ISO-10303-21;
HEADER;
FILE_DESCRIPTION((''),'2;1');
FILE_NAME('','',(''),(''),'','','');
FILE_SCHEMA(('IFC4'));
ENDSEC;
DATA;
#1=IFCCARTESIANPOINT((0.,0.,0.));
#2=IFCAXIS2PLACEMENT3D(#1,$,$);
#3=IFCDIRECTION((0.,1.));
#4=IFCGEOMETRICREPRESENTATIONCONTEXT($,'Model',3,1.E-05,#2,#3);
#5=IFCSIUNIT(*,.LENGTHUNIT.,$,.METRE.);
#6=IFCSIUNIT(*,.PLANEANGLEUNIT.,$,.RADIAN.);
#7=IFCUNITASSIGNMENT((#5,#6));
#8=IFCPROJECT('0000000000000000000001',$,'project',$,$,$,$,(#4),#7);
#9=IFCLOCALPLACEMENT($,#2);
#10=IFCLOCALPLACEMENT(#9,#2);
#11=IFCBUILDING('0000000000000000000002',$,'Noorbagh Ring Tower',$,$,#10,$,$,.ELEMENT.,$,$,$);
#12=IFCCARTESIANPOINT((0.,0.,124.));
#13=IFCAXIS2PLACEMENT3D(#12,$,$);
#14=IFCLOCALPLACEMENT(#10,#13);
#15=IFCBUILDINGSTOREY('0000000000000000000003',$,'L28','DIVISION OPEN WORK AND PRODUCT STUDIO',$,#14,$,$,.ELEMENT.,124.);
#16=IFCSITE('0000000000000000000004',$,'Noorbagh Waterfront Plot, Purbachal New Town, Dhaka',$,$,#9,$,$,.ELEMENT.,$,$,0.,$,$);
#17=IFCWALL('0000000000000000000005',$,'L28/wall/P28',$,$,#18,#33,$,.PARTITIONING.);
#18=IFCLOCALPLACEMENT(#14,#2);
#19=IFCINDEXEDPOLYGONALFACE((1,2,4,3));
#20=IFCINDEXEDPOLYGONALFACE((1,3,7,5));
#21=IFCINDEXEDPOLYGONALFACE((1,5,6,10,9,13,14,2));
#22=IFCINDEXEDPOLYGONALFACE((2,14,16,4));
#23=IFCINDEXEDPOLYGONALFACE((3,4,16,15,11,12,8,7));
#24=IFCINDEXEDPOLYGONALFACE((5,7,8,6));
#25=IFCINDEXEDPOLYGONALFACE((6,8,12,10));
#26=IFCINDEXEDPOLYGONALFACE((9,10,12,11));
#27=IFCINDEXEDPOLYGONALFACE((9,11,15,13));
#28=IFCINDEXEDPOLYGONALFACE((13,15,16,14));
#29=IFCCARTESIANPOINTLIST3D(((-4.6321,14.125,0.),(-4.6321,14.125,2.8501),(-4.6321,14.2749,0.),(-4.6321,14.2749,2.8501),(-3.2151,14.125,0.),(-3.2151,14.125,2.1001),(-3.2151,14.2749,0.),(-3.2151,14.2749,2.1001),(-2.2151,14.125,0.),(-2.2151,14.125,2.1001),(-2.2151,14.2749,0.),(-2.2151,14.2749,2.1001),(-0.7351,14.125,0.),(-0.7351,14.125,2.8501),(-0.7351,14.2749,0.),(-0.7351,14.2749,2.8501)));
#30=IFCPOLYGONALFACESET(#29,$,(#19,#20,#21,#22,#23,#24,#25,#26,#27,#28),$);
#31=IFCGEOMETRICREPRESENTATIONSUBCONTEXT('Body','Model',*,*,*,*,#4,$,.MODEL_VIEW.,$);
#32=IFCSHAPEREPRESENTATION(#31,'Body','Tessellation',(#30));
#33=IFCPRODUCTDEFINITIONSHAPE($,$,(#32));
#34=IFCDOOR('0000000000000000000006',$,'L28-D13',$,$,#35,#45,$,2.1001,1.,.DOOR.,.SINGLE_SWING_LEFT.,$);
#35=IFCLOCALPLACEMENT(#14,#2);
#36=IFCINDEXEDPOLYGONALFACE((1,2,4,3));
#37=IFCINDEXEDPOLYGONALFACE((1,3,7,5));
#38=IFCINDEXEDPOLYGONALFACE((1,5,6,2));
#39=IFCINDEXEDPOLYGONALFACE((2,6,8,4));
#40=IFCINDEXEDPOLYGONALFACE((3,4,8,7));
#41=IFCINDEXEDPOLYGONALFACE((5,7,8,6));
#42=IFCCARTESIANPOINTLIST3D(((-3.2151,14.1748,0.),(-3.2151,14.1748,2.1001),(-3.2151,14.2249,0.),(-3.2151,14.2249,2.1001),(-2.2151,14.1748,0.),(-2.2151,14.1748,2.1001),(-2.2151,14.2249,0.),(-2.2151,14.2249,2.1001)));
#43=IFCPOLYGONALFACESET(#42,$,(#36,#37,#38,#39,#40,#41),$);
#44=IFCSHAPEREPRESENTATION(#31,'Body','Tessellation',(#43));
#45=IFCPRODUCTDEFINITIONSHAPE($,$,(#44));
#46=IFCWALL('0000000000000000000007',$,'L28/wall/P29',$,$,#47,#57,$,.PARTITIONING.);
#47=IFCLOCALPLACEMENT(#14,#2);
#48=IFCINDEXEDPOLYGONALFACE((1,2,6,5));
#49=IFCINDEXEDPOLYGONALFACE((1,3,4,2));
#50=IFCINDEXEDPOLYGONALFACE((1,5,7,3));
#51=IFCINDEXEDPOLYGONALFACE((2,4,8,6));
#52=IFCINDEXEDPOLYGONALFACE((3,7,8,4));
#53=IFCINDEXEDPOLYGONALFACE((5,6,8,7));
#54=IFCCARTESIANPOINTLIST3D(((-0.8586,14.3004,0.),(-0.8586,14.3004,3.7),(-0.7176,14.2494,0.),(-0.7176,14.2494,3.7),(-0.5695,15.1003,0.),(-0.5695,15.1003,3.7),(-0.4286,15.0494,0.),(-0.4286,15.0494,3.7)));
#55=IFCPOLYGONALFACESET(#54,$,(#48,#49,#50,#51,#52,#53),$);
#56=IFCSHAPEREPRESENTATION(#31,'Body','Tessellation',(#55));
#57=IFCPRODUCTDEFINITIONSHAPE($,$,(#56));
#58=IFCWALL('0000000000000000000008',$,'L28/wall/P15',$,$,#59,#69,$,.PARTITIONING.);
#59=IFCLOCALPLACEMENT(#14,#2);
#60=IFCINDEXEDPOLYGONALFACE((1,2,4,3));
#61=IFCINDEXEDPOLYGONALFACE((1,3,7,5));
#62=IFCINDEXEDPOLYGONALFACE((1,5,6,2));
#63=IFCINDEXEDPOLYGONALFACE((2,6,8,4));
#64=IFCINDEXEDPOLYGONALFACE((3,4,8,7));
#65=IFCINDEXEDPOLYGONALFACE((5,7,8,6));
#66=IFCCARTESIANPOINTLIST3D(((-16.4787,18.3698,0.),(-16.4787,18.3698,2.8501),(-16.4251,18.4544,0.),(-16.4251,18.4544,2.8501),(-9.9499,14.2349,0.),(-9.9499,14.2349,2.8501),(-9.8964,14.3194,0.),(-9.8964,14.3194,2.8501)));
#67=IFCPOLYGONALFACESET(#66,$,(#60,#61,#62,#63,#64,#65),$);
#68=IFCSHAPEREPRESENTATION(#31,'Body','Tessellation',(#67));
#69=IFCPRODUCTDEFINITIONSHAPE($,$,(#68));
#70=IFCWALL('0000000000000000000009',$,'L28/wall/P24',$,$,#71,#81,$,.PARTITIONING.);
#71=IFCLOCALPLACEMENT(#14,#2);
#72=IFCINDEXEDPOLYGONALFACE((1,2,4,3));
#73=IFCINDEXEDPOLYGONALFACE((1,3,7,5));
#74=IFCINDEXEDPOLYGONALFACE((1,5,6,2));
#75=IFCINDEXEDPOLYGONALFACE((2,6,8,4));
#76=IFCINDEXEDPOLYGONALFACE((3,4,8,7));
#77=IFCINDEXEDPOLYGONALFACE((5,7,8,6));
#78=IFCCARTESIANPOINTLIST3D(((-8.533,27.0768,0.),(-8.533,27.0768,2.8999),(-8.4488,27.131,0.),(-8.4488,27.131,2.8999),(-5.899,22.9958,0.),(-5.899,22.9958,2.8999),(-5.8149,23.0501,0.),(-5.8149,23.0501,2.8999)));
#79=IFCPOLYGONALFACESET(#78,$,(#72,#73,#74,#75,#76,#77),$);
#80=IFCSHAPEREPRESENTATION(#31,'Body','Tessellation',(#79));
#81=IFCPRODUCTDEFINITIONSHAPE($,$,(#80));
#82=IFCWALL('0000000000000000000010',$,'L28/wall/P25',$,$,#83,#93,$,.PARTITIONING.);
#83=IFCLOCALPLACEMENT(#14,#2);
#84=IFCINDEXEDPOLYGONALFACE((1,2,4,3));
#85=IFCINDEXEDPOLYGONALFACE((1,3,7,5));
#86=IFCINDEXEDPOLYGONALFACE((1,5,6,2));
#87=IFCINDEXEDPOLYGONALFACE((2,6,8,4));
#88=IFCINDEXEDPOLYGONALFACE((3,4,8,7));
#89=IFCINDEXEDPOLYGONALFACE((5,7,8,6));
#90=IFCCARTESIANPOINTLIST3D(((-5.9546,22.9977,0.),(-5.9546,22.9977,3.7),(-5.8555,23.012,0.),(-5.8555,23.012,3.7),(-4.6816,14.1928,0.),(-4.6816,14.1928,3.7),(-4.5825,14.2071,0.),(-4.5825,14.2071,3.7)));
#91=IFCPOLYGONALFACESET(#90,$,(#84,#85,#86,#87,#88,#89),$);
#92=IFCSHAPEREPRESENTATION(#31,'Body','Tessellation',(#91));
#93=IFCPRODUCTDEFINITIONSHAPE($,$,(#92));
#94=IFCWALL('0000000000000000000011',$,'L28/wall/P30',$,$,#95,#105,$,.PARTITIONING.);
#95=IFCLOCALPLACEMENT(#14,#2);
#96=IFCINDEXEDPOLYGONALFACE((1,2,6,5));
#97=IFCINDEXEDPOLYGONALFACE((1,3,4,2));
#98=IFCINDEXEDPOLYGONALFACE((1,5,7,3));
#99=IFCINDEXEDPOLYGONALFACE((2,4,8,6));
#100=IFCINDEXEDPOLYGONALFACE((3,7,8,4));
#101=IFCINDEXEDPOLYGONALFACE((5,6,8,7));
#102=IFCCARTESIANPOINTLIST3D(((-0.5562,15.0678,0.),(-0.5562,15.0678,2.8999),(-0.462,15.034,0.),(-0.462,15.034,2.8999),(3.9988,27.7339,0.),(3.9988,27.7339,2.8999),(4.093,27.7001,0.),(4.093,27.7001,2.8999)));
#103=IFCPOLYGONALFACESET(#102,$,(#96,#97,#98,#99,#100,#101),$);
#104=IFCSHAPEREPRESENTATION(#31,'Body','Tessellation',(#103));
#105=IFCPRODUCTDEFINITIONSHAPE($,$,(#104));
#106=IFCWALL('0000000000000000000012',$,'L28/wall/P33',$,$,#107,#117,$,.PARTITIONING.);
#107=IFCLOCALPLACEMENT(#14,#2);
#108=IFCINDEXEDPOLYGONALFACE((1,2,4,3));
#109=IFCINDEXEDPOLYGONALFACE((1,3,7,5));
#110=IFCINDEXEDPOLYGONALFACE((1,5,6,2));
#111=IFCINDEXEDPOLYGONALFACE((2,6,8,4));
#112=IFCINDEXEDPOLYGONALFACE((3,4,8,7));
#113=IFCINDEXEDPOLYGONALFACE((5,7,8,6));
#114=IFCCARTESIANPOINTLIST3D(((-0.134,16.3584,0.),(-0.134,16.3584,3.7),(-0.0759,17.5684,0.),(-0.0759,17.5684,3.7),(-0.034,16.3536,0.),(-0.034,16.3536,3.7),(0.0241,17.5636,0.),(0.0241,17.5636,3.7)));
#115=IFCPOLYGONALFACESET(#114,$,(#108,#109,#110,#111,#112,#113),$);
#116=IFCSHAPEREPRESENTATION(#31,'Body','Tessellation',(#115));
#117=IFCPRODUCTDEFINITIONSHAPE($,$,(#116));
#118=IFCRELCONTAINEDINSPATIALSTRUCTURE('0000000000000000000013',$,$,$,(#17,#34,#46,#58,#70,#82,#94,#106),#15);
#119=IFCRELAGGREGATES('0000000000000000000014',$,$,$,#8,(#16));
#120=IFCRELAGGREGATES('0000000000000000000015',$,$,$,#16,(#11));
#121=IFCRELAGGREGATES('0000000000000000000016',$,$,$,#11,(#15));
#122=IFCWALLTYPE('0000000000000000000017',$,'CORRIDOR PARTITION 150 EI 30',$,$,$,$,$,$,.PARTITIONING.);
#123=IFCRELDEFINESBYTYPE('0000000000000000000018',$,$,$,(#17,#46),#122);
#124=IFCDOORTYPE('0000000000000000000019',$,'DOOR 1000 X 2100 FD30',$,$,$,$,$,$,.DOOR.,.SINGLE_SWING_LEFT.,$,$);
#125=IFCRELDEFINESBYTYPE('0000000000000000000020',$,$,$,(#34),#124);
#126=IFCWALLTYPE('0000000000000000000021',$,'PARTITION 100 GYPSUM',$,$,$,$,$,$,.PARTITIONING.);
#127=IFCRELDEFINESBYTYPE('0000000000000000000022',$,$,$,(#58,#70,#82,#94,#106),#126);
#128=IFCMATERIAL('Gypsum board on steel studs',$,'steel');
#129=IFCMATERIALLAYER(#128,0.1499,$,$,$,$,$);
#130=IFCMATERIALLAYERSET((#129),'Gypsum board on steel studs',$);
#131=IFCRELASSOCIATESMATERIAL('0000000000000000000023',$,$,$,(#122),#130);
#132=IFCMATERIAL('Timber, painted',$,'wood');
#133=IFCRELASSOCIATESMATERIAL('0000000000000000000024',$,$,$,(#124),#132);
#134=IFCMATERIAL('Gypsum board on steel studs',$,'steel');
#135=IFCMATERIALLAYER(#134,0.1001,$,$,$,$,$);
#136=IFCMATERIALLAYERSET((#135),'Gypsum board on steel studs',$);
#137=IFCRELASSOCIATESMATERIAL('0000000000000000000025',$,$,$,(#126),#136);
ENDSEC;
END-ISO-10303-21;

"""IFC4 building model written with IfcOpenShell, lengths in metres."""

from ifc_helpers import new_model, si_unit, direction, frame, frame_2d, origin, place, context, subcontext, project, spatial, rectangle, extrude, material, layer, layer_set, type_object, element, fill, save


model = new_model("IFC4")

# Units and contexts
model_context = context("Model", 3, precision=1e-05, world=origin(), true_north=direction((0.0, 1.0)))
body_context = subcontext(model_context, "Body", "Model", "MODEL_VIEW")
ifc_project = project(units=[si_unit("LENGTHUNIT", "METRE"), si_unit("PLANEANGLEUNIT", "RADIAN")], contexts=[model_context])

# Site, building, storey
site_placement = place(None, origin())
site = spatial("IfcSite", under=ifc_project, at=site_placement, Name="Noorbagh Waterfront Plot, Purbachal New Town, Dhaka", CompositionType="ELEMENT", RefElevation=0.0)
building_placement = place(site_placement, origin())
building = spatial("IfcBuilding", under=site, at=building_placement, Name="Noorbagh Ring Tower", CompositionType="ELEMENT")
storey_placement = place(building_placement, frame((0.0, 0.0, 124.0)))
storey = spatial("IfcBuildingStorey", under=building, at=storey_placement, Name="L28", Description="DIVISION OPEN WORK AND PRODUCT STUDIO", CompositionType="ELEMENT", Elevation=124.0)

# Shared definitions
ifc_material_1 = material(Name="Gypsum board on steel studs", Category="steel")
ifc_layer_1 = layer(ifc_material_1, 0.1499)
ifc_layer_set_1 = layer_set([ifc_layer_1], Name="Gypsum board on steel studs")
wall_type_1 = type_object("IfcWallType", Name="CORRIDOR PARTITION 150 EI 30", PredefinedType="PARTITIONING", material=ifc_layer_set_1)

# Wall, opening, door
ifc_material_2 = material(Name="Timber, painted", Category="wood")
door_type = type_object("IfcDoorType", Name="DOOR 1000 X 2100 FD30", OperationType="SINGLE_SWING_LEFT", PredefinedType="DOOR", material=ifc_material_2)
wall_1_placement = place(storey_placement, frame((-4.6321, 14.2, 0.0), z_axis=(0.0, 0.0, 1.0), x_axis=(1.0, 0.0, 0.0)))
wall_1 = element("IfcWall", 1, at=wall_1_placement, inside=storey, type_object=wall_type_1, Name="L28/wall/P28", PredefinedType="PARTITIONING", context=body_context, shape_type="SweptSolid", body=[
    extrude(rectangle(XDim=3.897, YDim=0.1499, at=frame_2d((1.9485, 0.0))), origin(), (0.0, 0.0, 1.0), 2.8501),
])
opening_1_placement = place(wall_1_placement, frame((1.417, 0.0, 0.0)))
opening_1 = element("IfcOpeningElement", 2, at=opening_1_placement, cuts=wall_1, PredefinedType="OPENING", context=body_context, shape_type="SweptSolid", body=[
    extrude(rectangle(XDim=1.0, YDim=2.1001, at=frame_2d((0.5, 1.05))), frame((0.0, 0.085, 0.0), z_axis=(0.0, -1.0, 0.0), x_axis=(1.0, 0.0, 0.0)), (0.0, 0.0, 1.0), 0.1699),
])
door_1_placement = place(opening_1_placement, origin())
door_1 = element("IfcDoor", 3, at=door_1_placement, inside=storey, type_object=door_type, Name="L28-D13", OperationType="SINGLE_SWING_LEFT", OverallHeight=2.1001, OverallWidth=1.0, PredefinedType="DOOR", context=body_context, shape_type="SweptSolid", body=[
    extrude(rectangle(XDim=1.0, YDim=2.1001, at=frame_2d((0.5, 1.05))), frame((0.0, 0.0249, 0.0), z_axis=(0.0, -1.0, 0.0), x_axis=(1.0, 0.0, 0.0)), (0.0, 0.0, 1.0), 0.05),
])
fill(opening_1, door_1)

# Walls
wall_2_placement = place(storey_placement, frame((-0.7881, 14.2749, 0.0), z_axis=(0.0, 0.0, 1.0), x_axis=(0.339807, 0.940495, 0.0)))
element("IfcWall", 4, at=wall_2_placement, inside=storey, type_object=wall_type_1, Name="L28/wall/P29", PredefinedType="PARTITIONING", context=body_context, shape_type="SweptSolid", body=[
    extrude(rectangle(XDim=0.8506, YDim=0.1499, at=frame_2d((0.4253, 0.0))), origin(), (0.0, 0.0, 1.0), 3.7),
])
ifc_material_3 = material(Name="Gypsum board on steel studs", Category="steel")
ifc_layer_2 = layer(ifc_material_3, 0.1001)
ifc_layer_set_2 = layer_set([ifc_layer_2], Name="Gypsum board on steel studs")
wall_type_2 = type_object("IfcWallType", Name="PARTITION 100 GYPSUM", PredefinedType="PARTITIONING", material=ifc_layer_set_2)
wall_3_placement = place(storey_placement, frame((-16.4519, 18.4121, 0.0), z_axis=(0.0, 0.0, 1.0), x_axis=(0.844813, -0.535061, 0.0)))
element("IfcWall", 5, at=wall_3_placement, inside=storey, type_object=wall_type_2, Name="L28/wall/P15", PredefinedType="PARTITIONING", context=body_context, shape_type="SweptSolid", body=[
    extrude(rectangle(XDim=7.728, YDim=0.1001, at=frame_2d((3.864, 0.0))), origin(), (0.0, 0.0, 1.0), 2.8501),
])
wall_4_placement = place(storey_placement, frame((-8.491, 27.104, 0.0), z_axis=(0.0, 0.0, 1.0), x_axis=(0.542286, -0.840194, 0.0)))
element("IfcWall", 6, at=wall_4_placement, inside=storey, type_object=wall_type_2, Name="L28/wall/P24", PredefinedType="PARTITIONING", context=body_context, shape_type="SweptSolid", body=[
    extrude(rectangle(XDim=4.8572, YDim=0.1001, at=frame_2d((2.4287, 0.0))), origin(), (0.0, 0.0, 1.0), 2.8999),
])
wall_5_placement = place(storey_placement, frame((-5.905, 23.0049, 0.0), z_axis=(0.0, 0.0, 1.0), x_axis=(0.143085, -0.98971, 0.0)))
element("IfcWall", 7, at=wall_5_placement, inside=storey, type_object=wall_type_2, Name="L28/wall/P25", PredefinedType="PARTITIONING", context=body_context, shape_type="SweptSolid", body=[
    extrude(rectangle(XDim=8.8965, YDim=0.1001, at=frame_2d((4.4482, 0.0))), origin(), (0.0, 0.0, 1.0), 3.7),
])
wall_6_placement = place(storey_placement, frame((-0.509, 15.051, 0.0), z_axis=(0.0, 0.0, 1.0), x_axis=(0.338402, 0.941002, 0.0)))
element("IfcWall", 8, at=wall_6_placement, inside=storey, type_object=wall_type_2, Name="L28/wall/P30", PredefinedType="PARTITIONING", context=body_context, shape_type="SweptSolid", body=[
    extrude(rectangle(XDim=13.4602, YDim=0.1001, at=frame_2d((6.73, 0.0))), origin(), (0.0, 0.0, 1.0), 2.8999),
])
wall_7_placement = place(storey_placement, frame((-0.084, 16.356, 0.0), z_axis=(0.0, 0.0, 1.0), x_axis=(0.047967, 0.998849, 0.0)))
element("IfcWall", 9, at=wall_7_placement, inside=storey, type_object=wall_type_2, Name="L28/wall/P33", PredefinedType="PARTITIONING", context=body_context, shape_type="SweptSolid", body=[
    extrude(rectangle(XDim=1.2114, YDim=0.1001, at=frame_2d((0.6057, 0.0))), origin(), (0.0, 0.0, 1.0), 3.7),
])

save(model, "model.ifc")
